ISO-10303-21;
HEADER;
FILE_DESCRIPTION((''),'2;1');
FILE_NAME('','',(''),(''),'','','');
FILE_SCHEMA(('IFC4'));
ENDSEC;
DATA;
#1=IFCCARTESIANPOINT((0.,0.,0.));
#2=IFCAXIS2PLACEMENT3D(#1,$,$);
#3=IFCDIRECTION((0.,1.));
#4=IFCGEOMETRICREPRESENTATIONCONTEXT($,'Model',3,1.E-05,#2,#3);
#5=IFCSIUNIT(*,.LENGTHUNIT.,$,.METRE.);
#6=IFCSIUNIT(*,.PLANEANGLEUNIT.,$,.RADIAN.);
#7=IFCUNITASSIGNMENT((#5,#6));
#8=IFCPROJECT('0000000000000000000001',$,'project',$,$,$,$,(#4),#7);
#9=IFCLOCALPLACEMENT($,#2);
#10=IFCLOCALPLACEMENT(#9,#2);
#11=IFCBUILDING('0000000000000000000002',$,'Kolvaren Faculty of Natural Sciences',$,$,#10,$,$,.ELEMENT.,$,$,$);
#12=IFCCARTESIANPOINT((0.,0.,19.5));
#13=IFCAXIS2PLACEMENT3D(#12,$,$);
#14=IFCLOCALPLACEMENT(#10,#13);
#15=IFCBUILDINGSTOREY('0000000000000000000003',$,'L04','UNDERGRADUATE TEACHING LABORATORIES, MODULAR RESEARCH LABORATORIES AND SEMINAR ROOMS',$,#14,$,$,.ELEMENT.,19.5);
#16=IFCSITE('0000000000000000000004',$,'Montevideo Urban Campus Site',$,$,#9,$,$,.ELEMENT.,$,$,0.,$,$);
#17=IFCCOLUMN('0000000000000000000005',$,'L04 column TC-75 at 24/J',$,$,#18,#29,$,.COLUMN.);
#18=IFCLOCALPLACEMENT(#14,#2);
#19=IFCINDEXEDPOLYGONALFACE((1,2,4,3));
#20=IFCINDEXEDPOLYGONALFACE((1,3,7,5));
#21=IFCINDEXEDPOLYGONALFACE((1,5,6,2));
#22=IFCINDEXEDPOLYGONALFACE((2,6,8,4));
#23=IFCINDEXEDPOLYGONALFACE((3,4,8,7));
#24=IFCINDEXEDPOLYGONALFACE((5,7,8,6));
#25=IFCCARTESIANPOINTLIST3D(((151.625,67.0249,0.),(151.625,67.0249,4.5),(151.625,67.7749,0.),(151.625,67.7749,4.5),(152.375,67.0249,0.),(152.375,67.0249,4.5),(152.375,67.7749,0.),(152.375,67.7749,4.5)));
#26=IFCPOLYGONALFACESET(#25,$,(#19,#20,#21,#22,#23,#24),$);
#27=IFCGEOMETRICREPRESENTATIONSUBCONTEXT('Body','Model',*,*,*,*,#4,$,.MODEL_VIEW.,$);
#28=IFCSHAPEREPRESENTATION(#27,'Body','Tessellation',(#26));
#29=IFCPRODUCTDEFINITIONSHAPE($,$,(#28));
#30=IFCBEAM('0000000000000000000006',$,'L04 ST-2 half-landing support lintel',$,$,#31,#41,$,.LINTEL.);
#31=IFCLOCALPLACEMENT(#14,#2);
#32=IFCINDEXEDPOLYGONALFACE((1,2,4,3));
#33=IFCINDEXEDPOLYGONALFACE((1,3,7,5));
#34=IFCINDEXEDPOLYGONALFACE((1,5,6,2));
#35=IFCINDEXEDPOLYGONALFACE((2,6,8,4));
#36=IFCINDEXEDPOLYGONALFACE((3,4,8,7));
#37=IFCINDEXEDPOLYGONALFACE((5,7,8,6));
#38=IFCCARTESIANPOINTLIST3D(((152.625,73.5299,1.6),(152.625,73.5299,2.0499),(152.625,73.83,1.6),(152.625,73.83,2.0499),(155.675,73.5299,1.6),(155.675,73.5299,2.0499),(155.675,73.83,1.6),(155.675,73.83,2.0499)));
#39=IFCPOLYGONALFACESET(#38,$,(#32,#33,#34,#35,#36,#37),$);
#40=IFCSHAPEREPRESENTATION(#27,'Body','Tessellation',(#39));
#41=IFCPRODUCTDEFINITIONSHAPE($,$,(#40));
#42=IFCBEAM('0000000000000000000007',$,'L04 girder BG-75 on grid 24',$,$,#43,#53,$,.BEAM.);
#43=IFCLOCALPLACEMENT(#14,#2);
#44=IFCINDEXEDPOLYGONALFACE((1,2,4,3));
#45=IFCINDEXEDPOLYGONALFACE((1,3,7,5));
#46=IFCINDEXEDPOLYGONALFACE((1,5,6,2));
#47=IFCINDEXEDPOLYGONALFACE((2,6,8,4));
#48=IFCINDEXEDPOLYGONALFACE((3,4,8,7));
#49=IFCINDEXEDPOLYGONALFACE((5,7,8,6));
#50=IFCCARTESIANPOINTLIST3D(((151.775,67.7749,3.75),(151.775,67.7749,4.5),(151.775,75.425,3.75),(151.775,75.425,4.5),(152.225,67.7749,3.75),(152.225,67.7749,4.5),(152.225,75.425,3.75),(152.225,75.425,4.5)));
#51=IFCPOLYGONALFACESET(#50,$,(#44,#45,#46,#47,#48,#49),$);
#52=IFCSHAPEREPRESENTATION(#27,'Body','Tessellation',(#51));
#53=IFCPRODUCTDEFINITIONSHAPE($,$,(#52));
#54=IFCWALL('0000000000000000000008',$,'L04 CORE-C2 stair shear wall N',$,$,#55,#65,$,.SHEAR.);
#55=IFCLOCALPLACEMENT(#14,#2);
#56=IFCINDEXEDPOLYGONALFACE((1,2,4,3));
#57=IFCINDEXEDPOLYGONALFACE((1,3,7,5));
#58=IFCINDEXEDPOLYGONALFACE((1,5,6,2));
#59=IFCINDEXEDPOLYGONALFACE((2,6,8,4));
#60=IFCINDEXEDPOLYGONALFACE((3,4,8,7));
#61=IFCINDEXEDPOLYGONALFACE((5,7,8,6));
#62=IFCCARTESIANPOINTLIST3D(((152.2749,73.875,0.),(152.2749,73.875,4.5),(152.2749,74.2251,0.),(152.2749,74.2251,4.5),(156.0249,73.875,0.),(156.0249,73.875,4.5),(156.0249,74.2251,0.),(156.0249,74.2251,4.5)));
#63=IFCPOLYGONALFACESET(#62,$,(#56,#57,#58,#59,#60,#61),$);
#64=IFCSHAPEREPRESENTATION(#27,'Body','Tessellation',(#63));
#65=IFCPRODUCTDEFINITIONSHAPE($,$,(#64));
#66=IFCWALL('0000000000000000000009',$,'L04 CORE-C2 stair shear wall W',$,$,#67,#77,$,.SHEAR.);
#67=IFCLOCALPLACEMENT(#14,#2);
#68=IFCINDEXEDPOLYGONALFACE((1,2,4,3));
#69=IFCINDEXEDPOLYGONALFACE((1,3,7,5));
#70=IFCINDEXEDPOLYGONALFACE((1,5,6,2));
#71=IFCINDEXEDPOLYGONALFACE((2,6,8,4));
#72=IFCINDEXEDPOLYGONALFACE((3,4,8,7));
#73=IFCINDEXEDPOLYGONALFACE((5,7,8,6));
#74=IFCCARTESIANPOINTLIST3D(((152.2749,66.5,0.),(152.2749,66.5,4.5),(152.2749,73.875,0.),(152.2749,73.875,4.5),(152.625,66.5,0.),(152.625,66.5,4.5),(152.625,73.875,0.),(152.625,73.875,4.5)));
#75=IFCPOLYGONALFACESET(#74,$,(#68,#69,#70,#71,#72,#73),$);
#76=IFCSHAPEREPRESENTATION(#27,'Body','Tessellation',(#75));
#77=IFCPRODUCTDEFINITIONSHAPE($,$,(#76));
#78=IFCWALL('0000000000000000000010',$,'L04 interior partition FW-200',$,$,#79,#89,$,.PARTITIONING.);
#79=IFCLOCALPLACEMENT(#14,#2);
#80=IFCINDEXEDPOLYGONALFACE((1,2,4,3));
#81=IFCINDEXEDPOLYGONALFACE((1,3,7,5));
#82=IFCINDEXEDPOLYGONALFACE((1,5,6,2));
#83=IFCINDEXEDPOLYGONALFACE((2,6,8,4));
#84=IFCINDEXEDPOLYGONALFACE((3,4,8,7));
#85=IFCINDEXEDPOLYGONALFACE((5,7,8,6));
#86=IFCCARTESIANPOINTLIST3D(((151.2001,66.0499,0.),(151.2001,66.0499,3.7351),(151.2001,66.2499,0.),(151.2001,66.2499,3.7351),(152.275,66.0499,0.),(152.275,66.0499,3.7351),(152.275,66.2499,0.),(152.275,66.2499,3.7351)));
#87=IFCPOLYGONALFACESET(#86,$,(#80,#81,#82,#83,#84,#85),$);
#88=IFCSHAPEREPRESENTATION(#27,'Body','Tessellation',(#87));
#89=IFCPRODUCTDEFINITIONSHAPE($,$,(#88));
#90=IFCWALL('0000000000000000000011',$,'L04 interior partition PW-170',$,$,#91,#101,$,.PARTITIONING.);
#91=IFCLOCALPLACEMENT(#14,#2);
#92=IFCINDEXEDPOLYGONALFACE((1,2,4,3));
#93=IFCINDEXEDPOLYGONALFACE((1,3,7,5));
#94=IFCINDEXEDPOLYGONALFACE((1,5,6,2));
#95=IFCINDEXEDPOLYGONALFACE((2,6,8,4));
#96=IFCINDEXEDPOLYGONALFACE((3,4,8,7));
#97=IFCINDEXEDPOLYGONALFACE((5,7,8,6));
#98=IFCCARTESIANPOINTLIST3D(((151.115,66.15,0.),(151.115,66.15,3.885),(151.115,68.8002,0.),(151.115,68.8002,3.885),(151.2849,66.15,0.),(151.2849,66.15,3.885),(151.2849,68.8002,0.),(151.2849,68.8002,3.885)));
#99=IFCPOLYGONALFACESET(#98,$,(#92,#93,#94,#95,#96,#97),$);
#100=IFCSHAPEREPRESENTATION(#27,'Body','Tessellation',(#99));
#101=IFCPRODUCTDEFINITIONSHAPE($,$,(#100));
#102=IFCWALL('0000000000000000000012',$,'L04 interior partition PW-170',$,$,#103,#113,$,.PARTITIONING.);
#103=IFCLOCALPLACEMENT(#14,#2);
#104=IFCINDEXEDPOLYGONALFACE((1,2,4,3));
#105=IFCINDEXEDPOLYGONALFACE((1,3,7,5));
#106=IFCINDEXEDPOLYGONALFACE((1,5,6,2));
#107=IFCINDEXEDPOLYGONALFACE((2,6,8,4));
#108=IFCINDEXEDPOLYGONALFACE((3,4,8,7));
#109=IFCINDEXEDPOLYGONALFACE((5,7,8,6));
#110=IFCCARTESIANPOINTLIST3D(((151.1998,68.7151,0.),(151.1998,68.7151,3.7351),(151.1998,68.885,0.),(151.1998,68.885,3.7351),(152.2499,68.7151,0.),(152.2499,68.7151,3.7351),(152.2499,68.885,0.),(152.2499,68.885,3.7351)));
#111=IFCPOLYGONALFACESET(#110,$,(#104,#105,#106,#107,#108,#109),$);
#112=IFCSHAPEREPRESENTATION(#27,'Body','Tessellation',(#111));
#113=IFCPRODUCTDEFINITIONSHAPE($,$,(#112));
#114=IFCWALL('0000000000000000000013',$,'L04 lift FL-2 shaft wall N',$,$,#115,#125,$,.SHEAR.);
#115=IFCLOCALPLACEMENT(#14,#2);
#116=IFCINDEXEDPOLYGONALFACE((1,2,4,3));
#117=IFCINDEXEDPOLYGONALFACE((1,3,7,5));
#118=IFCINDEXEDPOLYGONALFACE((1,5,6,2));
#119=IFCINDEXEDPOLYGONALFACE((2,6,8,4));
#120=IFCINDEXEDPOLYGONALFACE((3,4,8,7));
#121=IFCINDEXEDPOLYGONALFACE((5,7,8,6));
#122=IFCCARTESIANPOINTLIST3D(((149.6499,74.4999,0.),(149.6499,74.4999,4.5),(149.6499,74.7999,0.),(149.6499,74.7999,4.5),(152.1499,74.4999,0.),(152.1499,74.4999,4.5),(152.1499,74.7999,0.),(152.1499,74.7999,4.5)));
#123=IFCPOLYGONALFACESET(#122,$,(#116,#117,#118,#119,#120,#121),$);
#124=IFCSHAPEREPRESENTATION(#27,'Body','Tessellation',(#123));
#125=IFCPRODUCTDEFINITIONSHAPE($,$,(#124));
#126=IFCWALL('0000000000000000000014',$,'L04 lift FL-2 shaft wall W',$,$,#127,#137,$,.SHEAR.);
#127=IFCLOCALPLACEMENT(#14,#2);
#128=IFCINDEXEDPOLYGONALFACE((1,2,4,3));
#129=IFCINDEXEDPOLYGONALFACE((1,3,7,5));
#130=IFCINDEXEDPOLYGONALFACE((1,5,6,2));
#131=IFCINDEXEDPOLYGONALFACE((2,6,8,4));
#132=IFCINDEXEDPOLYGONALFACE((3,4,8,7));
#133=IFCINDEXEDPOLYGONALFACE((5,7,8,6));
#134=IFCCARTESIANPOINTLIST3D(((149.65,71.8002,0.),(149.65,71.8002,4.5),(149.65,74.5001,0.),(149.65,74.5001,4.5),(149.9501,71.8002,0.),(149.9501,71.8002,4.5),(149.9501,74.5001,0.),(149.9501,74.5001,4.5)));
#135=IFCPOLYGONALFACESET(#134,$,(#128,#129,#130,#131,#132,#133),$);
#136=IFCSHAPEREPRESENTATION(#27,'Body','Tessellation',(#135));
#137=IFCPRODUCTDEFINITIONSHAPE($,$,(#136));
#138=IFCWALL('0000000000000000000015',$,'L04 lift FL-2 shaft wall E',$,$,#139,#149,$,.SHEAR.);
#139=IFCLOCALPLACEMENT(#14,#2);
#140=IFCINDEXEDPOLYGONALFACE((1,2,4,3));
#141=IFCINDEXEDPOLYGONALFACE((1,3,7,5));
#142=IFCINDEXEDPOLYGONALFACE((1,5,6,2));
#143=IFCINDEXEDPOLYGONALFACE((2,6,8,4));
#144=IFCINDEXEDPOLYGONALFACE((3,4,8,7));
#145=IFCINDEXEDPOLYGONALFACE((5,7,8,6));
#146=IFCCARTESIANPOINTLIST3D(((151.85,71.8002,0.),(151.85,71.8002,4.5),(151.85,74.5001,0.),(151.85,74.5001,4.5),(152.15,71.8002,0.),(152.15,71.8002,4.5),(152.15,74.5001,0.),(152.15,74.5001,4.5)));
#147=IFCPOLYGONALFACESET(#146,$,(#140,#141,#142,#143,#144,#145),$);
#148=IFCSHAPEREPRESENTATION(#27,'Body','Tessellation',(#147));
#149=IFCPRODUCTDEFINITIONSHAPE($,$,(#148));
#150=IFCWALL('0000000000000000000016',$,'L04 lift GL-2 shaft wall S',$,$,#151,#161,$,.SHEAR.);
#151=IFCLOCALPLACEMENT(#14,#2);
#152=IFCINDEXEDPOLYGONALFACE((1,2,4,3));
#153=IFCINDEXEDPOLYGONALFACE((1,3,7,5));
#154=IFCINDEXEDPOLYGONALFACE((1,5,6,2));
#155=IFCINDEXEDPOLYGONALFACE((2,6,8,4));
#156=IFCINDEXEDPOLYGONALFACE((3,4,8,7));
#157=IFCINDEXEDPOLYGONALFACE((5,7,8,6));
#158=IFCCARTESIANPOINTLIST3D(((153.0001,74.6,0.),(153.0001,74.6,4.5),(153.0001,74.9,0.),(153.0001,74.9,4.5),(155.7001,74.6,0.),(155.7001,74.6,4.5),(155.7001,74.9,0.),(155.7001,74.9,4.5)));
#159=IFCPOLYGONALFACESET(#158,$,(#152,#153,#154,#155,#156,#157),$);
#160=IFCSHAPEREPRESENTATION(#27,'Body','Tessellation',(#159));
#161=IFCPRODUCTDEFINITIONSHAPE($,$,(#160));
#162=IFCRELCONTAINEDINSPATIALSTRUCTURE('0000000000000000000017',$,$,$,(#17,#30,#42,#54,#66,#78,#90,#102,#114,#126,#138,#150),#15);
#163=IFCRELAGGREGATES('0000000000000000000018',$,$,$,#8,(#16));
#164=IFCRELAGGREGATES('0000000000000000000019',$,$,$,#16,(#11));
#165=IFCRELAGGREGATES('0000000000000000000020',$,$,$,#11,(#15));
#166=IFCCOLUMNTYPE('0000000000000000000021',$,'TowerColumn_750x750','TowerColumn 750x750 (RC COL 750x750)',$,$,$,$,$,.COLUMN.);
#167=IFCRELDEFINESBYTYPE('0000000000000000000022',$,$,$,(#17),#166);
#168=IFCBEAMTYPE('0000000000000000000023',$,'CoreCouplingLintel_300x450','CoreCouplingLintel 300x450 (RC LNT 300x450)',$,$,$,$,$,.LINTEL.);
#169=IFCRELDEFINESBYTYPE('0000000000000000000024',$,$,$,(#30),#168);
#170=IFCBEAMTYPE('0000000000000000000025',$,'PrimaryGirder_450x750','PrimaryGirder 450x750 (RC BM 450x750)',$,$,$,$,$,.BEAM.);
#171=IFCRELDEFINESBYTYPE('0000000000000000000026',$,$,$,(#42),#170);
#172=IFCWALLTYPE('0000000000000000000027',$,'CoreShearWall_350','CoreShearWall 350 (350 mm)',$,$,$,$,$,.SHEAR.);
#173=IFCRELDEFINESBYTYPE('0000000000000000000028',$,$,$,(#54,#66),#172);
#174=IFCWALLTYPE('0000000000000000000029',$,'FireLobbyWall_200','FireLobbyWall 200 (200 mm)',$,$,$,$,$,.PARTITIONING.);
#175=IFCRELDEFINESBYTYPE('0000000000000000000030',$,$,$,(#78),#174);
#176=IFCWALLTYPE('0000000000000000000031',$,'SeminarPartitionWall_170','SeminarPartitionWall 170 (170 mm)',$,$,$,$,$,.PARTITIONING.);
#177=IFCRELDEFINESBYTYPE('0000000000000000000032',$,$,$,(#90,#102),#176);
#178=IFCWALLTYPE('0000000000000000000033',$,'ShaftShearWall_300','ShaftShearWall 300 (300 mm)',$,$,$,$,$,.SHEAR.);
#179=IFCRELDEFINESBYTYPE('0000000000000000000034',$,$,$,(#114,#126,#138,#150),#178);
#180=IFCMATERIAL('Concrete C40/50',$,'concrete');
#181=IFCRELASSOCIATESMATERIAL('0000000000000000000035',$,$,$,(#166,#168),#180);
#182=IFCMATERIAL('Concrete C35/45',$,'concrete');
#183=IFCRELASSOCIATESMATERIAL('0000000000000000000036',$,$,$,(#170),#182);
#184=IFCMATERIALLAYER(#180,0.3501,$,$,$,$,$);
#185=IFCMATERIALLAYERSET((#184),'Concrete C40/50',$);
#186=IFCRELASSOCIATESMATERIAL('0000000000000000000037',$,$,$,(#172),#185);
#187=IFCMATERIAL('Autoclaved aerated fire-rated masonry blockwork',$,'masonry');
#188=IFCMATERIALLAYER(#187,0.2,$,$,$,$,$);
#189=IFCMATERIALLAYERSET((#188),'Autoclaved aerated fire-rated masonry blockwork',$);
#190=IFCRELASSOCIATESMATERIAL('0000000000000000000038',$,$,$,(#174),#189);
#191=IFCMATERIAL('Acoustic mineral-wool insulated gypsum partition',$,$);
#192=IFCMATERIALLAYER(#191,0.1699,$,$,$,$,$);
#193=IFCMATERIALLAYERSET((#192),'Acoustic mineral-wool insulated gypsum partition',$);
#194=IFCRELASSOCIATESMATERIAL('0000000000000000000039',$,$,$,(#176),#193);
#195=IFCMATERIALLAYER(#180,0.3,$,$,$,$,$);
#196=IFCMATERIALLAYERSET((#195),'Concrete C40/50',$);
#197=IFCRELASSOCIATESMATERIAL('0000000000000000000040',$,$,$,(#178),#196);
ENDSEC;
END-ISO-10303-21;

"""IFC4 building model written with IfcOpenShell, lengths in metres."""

from ifc_helpers import new_model, si_unit, direction, frame, frame_2d, origin, origin_2d, place, context, subcontext, project, spatial, rectangle, extrude, material, layer, layer_set, material_profile, profile_set, type_object, element, save


model = new_model("IFC4")

# Units and contexts
model_context = context("Model", 3, precision=1e-05, world=origin(), true_north=direction((0.0, 1.0)))
body_context = subcontext(model_context, "Body", "Model", "MODEL_VIEW")
ifc_project = project(units=[si_unit("LENGTHUNIT", "METRE"), si_unit("PLANEANGLEUNIT", "RADIAN")], contexts=[model_context])

# Site, building, storey
site_placement = place(None, origin())
site = spatial("IfcSite", under=ifc_project, at=site_placement, Name="Montevideo Urban Campus Site", CompositionType="ELEMENT", RefElevation=0.0)
building_placement = place(site_placement, origin())
building = spatial("IfcBuilding", under=site, at=building_placement, Name="Kolvaren Faculty of Natural Sciences", CompositionType="ELEMENT")
storey_placement = place(building_placement, frame((0.0, 0.0, 19.5)))
storey = spatial("IfcBuildingStorey", under=building, at=storey_placement, Name="L04", Description="UNDERGRADUATE TEACHING LABORATORIES, MODULAR RESEARCH LABORATORIES AND SEMINAR ROOMS", CompositionType="ELEMENT", Elevation=19.5)

# Column
ifc_material_1 = material(Name="Concrete C40/50", Category="concrete")
ifc_material_profile_1 = material_profile(ifc_material_1, rectangle(XDim=0.75, YDim=0.75, at=origin_2d()), Name="RC COL 750x750")
ifc_profile_set_1 = profile_set([ifc_material_profile_1], Name="Concrete C40/50")
column_type = type_object("IfcColumnType", Name="TowerColumn_750x750", Description="TowerColumn 750x750 (RC COL 750x750)", PredefinedType="COLUMN", material=ifc_profile_set_1)
column_placement = place(storey_placement, frame((152.0, 67.3999, 0.0), z_axis=(0.0, 0.0, 1.0), x_axis=(1.0, 0.0, 0.0)))
element("IfcColumn", 1, at=column_placement, inside=storey, type_object=column_type, Name="L04 column TC-75 at 24/J", PredefinedType="COLUMN", context=body_context, shape_type="SweptSolid", body=[
    extrude(rectangle(XDim=0.75, YDim=0.75, at=origin_2d()), origin(), (0.0, 0.0, 1.0), 4.5),
])

# Beams
ifc_material_profile_2 = material_profile(ifc_material_1, rectangle(XDim=0.3, YDim=0.45, at=origin_2d()), Name="RC LNT 300x450")
ifc_profile_set_2 = profile_set([ifc_material_profile_2], Name="Concrete C40/50")
beam_type_1 = type_object("IfcBeamType", Name="CoreCouplingLintel_300x450", Description="CoreCouplingLintel 300x450 (RC LNT 300x450)", PredefinedType="LINTEL", material=ifc_profile_set_2)
beam_1_placement = place(storey_placement, frame((152.625, 73.6799, 1.825), z_axis=(1.0, 0.0, 0.0), x_axis=(0.0, 1.0, 0.0)))
element("IfcBeam", 2, at=beam_1_placement, inside=storey, type_object=beam_type_1, Name="L04 ST-2 half-landing support lintel", PredefinedType="LINTEL", context=body_context, shape_type="SweptSolid", body=[
    extrude(rectangle(XDim=0.3, YDim=0.45, at=origin_2d()), origin(), (0.0, 0.0, 1.0), 3.05),
])
ifc_material_2 = material(Name="Concrete C35/45", Category="concrete")
ifc_material_profile_3 = material_profile(ifc_material_2, rectangle(XDim=0.45, YDim=0.75, at=origin_2d()), Name="RC BM 450x750")
ifc_profile_set_3 = profile_set([ifc_material_profile_3], Name="Concrete C35/45")
beam_type_2 = type_object("IfcBeamType", Name="PrimaryGirder_450x750", Description="PrimaryGirder 450x750 (RC BM 450x750)", PredefinedType="BEAM", material=ifc_profile_set_3)
beam_2_placement = place(storey_placement, frame((152.0, 67.7749, 4.125), z_axis=(0.0, 1.0, 0.0), x_axis=(-1.0, 0.0, 0.0)))
element("IfcBeam", 3, at=beam_2_placement, inside=storey, type_object=beam_type_2, Name="L04 girder BG-75 on grid 24", PredefinedType="BEAM", context=body_context, shape_type="SweptSolid", body=[
    extrude(rectangle(XDim=0.45, YDim=0.75, at=origin_2d()), origin(), (0.0, 0.0, 1.0), 7.6501),
])

# Shared definitions
ifc_layer_1 = layer(ifc_material_1, 0.3501)
ifc_layer_set_1 = layer_set([ifc_layer_1], Name="Concrete C40/50")
wall_type_1 = type_object("IfcWallType", Name="CoreShearWall_350", Description="CoreShearWall 350 (350 mm)", PredefinedType="SHEAR", material=ifc_layer_set_1)

# Walls
wall_1_placement = place(storey_placement, frame((152.2749, 74.05, 0.0), z_axis=(0.0, 0.0, 1.0), x_axis=(1.0, 0.0, 0.0)))
element("IfcWall", 4, at=wall_1_placement, inside=storey, type_object=wall_type_1, Name="L04 CORE-C2 stair shear wall N", PredefinedType="SHEAR", context=body_context, shape_type="SweptSolid", body=[
    extrude(rectangle(XDim=3.75, YDim=0.3501, at=frame_2d((1.875, 0.0))), origin(), (0.0, 0.0, 1.0), 4.5),
])
wall_2_placement = place(storey_placement, frame((152.45, 66.5, 0.0), z_axis=(0.0, 0.0, 1.0), x_axis=(0.0, 1.0, 0.0)))
element("IfcWall", 5, at=wall_2_placement, inside=storey, type_object=wall_type_1, Name="L04 CORE-C2 stair shear wall W", PredefinedType="SHEAR", context=body_context, shape_type="SweptSolid", body=[
    extrude(rectangle(XDim=7.375, YDim=0.3501, at=frame_2d((3.6875, 0.0))), origin(), (0.0, 0.0, 1.0), 4.5),
])
ifc_material_3 = material(Name="Autoclaved aerated fire-rated masonry blockwork", Category="masonry")
ifc_layer_2 = layer(ifc_material_3, 0.2)
ifc_layer_set_2 = layer_set([ifc_layer_2], Name="Autoclaved aerated fire-rated masonry blockwork")
wall_type_2 = type_object("IfcWallType", Name="FireLobbyWall_200", Description="FireLobbyWall 200 (200 mm)", PredefinedType="PARTITIONING", material=ifc_layer_set_2)
wall_3_placement = place(storey_placement, frame((151.2, 66.1499, 0.0), z_axis=(0.0, 0.0, 1.0), x_axis=(1.0, 0.0, 0.0)))
element("IfcWall", 6, at=wall_3_placement, inside=storey, type_object=wall_type_2, Name="L04 interior partition FW-200", PredefinedType="PARTITIONING", context=body_context, shape_type="SweptSolid", body=[
    extrude(rectangle(XDim=1.075, YDim=0.2, at=frame_2d((0.5376, 0.0))), origin(), (0.0, 0.0, 1.0), 3.7351),
])
ifc_material_4 = material(Name="Acoustic mineral-wool insulated gypsum partition")
ifc_layer_3 = layer(ifc_material_4, 0.1699)
ifc_layer_set_3 = layer_set([ifc_layer_3], Name="Acoustic mineral-wool insulated gypsum partition")
wall_type_3 = type_object("IfcWallType", Name="SeminarPartitionWall_170", Description="SeminarPartitionWall 170 (170 mm)", PredefinedType="PARTITIONING", material=ifc_layer_set_3)
wall_4_placement = place(storey_placement, frame((151.2, 66.1499, 0.0), z_axis=(0.0, 0.0, 1.0), x_axis=(0.0, 1.0, 0.0)))
element("IfcWall", 7, at=wall_4_placement, inside=storey, type_object=wall_type_3, Name="L04 interior partition PW-170", PredefinedType="PARTITIONING", context=body_context, shape_type="SweptSolid", body=[
    extrude(rectangle(XDim=2.6501, YDim=0.1699, at=frame_2d((1.3252, 0.0))), origin(), (0.0, 0.0, 1.0), 3.885),
])
wall_5_placement = place(storey_placement, frame((151.2, 68.8, 0.0), z_axis=(0.0, 0.0, 1.0), x_axis=(1.0, 0.0, 0.0)))
element("IfcWall", 8, at=wall_5_placement, inside=storey, type_object=wall_type_3, Name="L04 interior partition PW-170", PredefinedType="PARTITIONING", context=body_context, shape_type="SweptSolid", body=[
    extrude(rectangle(XDim=1.05, YDim=0.1699, at=frame_2d((0.5249, 0.0))), origin(), (0.0, 0.0, 1.0), 3.7351),
])
ifc_layer_4 = layer(ifc_material_1, 0.3)
ifc_layer_set_4 = layer_set([ifc_layer_4], Name="Concrete C40/50")
wall_type_4 = type_object("IfcWallType", Name="ShaftShearWall_300", Description="ShaftShearWall 300 (300 mm)", PredefinedType="SHEAR", material=ifc_layer_set_4)
wall_6_placement = place(storey_placement, frame((149.6499, 74.6499, 0.0), z_axis=(0.0, 0.0, 1.0), x_axis=(1.0, 0.0, 0.0)))
element("IfcWall", 9, at=wall_6_placement, inside=storey, type_object=wall_type_4, Name="L04 lift FL-2 shaft wall N", PredefinedType="SHEAR", context=body_context, shape_type="SweptSolid", body=[
    extrude(rectangle(XDim=2.5, YDim=0.3, at=frame_2d((1.25, 0.0))), origin(), (0.0, 0.0, 1.0), 4.5),
])
for number, where, z_axis, x_axis, name in (
    (10, (149.8, 71.8, 0.0), (0.0, 0.0, 1.0), (0.0, 1.0, 0.0), "L04 lift FL-2 shaft wall W"),
    (11, (152.0, 71.8, 0.0), (0.0, 0.0, 1.0), (0.0, 1.0, 0.0), "L04 lift FL-2 shaft wall E"),
    (12, (153.0, 74.75, 0.0), (0.0, 0.0, 1.0), (1.0, 0.0, 0.0), "L04 lift GL-2 shaft wall S"),
):
    element("IfcWall", number, at=place(storey_placement, frame(where, z_axis=z_axis, x_axis=x_axis)), inside=storey, type_object=wall_type_4, Name=name, PredefinedType="SHEAR", context=body_context, shape_type="SweptSolid", body=[
        extrude(rectangle(XDim=2.7, YDim=0.3, at=frame_2d((1.3501, 0.0))), origin(), (0.0, 0.0, 1.0), 4.5),
    ])

save(model, "model.ifc")
